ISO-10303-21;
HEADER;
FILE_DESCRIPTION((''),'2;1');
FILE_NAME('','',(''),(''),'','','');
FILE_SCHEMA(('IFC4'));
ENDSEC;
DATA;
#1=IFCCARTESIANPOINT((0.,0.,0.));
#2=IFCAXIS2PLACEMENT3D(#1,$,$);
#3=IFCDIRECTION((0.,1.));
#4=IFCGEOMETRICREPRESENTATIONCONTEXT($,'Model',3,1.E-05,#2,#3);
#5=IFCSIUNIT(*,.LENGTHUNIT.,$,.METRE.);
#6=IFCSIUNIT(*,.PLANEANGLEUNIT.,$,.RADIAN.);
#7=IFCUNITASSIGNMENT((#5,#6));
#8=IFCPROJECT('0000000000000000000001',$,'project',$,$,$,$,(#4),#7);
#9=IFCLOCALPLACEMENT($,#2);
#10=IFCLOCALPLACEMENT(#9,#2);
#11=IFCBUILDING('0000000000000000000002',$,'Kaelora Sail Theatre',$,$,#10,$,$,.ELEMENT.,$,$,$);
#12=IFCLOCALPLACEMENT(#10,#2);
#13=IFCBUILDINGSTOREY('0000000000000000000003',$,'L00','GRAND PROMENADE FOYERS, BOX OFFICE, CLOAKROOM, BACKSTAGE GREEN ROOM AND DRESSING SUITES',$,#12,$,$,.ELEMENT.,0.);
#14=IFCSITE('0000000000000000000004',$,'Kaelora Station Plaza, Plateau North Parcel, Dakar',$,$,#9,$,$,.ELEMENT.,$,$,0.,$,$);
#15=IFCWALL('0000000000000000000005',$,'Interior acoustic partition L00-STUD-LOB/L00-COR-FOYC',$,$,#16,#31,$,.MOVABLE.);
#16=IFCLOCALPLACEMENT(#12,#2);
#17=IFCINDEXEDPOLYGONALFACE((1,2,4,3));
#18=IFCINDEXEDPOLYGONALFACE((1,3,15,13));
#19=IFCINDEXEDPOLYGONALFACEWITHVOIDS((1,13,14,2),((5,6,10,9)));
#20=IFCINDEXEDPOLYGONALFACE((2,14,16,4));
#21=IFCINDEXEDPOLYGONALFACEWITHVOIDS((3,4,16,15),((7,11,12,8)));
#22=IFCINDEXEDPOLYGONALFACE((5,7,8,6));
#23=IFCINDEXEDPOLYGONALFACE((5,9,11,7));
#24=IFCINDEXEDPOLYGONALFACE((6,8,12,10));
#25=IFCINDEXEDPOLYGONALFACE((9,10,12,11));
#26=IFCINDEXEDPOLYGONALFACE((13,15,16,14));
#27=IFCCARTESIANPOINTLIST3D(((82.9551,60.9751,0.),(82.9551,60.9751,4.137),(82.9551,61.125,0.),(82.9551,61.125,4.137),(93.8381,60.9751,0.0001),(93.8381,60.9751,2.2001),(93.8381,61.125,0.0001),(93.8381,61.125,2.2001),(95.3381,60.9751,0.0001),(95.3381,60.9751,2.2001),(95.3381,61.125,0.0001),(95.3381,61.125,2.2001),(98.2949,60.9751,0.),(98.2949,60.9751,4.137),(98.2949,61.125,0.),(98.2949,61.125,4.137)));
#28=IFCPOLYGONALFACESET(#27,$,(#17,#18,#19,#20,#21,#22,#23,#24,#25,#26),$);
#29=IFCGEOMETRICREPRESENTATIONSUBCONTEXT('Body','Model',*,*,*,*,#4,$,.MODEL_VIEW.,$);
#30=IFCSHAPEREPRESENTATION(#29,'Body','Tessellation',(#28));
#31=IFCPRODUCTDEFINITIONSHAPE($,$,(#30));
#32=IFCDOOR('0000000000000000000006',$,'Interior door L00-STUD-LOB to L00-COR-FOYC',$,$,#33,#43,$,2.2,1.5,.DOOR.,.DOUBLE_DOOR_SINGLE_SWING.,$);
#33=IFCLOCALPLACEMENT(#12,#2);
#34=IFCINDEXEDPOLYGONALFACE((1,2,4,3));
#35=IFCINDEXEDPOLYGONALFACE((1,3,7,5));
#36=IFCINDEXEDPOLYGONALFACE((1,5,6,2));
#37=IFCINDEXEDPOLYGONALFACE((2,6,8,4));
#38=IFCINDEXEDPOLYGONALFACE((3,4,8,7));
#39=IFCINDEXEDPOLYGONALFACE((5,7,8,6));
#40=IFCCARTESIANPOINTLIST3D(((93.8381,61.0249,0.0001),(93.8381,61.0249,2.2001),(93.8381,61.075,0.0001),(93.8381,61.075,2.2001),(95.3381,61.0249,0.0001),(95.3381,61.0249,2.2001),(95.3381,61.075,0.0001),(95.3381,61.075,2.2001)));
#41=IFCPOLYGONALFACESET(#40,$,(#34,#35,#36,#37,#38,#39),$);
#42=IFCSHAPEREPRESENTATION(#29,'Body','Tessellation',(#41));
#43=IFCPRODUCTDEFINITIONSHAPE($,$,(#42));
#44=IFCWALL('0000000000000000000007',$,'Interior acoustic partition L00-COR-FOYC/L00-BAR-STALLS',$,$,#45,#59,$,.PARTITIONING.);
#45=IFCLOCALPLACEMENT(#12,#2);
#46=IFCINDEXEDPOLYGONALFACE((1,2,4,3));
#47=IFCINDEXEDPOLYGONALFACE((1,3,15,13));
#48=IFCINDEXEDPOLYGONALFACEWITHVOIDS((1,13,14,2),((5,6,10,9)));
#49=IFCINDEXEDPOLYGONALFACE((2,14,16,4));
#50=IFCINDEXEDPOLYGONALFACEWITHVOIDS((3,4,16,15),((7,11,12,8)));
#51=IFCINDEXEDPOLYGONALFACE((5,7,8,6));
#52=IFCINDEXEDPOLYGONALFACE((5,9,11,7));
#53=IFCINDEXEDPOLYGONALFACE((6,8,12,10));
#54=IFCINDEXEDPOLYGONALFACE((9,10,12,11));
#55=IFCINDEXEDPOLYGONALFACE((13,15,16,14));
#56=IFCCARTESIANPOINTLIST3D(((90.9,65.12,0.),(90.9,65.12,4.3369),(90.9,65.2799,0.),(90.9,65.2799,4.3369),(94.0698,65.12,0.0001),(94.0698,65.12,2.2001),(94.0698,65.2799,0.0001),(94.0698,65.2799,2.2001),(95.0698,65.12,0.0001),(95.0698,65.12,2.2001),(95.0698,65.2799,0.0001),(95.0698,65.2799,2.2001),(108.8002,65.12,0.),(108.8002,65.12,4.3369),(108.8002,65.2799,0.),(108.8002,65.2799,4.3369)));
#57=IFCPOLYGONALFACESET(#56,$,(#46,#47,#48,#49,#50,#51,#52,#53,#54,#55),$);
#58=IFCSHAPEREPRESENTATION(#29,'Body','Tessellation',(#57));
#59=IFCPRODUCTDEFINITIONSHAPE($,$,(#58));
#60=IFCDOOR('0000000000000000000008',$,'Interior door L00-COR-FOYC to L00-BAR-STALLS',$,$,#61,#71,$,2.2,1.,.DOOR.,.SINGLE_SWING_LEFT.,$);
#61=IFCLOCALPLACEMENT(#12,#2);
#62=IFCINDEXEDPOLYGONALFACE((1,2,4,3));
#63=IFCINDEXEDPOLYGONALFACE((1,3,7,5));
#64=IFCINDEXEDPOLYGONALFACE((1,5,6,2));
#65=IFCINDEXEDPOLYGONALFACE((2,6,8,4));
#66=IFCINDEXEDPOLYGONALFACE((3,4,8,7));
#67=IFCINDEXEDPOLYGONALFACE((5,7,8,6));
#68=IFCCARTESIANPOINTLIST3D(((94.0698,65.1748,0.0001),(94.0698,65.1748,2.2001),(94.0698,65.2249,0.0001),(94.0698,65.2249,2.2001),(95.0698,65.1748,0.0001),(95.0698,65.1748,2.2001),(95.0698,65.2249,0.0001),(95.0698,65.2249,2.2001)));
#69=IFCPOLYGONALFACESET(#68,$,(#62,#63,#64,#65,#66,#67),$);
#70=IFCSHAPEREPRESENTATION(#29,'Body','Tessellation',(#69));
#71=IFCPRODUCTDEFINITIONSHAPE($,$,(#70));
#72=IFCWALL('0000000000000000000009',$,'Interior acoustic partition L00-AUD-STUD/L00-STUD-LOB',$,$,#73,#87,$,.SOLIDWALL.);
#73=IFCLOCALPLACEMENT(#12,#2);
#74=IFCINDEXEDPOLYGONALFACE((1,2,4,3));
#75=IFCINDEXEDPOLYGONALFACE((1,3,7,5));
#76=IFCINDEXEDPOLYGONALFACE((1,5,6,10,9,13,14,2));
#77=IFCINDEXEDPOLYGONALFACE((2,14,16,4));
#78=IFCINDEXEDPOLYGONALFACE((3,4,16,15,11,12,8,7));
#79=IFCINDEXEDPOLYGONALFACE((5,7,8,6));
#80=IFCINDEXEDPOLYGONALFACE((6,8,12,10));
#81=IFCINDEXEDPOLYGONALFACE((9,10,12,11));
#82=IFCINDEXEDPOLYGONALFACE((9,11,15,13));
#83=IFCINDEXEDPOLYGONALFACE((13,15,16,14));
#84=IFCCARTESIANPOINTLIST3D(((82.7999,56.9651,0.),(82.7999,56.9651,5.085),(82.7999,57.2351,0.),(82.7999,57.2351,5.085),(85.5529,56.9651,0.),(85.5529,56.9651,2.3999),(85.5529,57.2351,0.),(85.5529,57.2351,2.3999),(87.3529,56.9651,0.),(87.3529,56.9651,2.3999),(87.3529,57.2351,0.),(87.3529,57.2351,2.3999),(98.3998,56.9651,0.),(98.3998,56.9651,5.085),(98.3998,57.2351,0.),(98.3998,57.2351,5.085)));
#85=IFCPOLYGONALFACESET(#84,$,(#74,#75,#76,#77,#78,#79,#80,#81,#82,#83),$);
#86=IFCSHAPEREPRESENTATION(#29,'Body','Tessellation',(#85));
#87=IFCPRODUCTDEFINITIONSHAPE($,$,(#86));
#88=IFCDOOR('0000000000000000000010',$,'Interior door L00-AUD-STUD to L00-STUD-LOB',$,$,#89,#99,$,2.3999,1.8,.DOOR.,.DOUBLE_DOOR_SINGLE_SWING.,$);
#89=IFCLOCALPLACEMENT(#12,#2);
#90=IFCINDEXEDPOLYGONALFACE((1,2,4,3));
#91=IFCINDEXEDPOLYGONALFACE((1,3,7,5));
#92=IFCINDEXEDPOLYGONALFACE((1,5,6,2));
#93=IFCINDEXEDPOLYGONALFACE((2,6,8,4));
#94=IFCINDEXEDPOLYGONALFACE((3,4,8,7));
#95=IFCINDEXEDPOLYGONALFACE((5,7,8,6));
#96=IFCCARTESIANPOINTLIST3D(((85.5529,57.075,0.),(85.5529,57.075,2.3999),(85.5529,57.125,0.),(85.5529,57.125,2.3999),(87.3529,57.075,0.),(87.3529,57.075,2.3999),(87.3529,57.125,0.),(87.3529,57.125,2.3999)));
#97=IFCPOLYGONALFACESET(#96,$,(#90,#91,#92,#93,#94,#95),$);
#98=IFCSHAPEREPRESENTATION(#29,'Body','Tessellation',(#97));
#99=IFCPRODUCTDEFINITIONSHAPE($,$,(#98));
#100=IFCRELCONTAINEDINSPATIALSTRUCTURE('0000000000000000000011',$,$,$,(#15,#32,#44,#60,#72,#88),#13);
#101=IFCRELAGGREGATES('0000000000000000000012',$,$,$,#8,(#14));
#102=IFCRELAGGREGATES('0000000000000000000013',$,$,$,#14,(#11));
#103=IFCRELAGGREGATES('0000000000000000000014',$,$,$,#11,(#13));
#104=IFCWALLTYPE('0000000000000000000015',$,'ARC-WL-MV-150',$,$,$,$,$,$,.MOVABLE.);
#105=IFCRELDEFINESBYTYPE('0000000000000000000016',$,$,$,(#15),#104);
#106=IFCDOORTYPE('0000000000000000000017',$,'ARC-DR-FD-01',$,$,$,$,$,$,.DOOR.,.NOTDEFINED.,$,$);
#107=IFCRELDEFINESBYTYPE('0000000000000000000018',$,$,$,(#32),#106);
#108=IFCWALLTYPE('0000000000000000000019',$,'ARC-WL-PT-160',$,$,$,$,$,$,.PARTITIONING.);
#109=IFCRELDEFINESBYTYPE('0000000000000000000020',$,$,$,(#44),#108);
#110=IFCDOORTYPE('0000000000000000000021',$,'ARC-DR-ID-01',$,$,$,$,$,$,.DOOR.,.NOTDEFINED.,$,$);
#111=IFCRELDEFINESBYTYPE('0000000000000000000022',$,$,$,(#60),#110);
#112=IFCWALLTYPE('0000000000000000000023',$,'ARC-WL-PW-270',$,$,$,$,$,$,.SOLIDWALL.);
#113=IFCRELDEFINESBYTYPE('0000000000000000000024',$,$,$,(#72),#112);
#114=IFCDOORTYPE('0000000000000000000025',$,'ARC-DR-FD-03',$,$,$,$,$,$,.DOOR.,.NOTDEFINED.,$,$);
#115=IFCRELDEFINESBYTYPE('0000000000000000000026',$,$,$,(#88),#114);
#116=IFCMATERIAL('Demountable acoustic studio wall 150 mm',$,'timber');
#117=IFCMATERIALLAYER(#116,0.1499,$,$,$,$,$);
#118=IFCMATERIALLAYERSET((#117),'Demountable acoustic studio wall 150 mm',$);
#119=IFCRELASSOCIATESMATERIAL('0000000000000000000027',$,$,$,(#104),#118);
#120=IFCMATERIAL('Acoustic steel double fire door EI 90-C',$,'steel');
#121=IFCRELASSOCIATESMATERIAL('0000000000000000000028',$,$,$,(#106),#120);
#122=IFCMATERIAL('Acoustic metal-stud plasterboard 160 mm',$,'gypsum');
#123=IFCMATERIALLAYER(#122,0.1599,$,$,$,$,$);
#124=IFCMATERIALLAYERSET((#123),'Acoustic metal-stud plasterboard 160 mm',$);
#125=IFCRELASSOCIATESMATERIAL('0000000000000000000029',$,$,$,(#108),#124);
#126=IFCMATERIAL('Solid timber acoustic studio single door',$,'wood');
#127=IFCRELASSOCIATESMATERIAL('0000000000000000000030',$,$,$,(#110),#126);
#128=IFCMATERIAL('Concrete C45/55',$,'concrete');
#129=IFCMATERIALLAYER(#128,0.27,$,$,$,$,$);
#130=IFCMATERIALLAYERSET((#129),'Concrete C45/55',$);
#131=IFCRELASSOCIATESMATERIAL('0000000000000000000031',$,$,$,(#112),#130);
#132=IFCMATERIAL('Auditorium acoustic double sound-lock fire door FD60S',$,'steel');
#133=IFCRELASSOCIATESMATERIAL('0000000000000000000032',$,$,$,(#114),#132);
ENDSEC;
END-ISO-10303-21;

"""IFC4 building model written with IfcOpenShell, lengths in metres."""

from ifc_helpers import new_model, si_unit, direction, frame, frame_2d, origin, place, context, subcontext, project, spatial, rectangle, extrude, material, layer, layer_set, type_object, element, fill, save


model = new_model("IFC4")

# Units and contexts
model_context = context("Model", 3, precision=1e-05, world=origin(), true_north=direction((0.0, 1.0)))
body_context = subcontext(model_context, "Body", "Model", "MODEL_VIEW")
ifc_project = project(units=[si_unit("LENGTHUNIT", "METRE"), si_unit("PLANEANGLEUNIT", "RADIAN")], contexts=[model_context])

# Site, building, storey
site_placement = place(None, origin())
site = spatial("IfcSite", under=ifc_project, at=site_placement, Name="Kaelora Station Plaza, Plateau North Parcel, Dakar", CompositionType="ELEMENT", RefElevation=0.0)
building_placement = place(site_placement, origin())
building = spatial("IfcBuilding", under=site, at=building_placement, Name="Kaelora Sail Theatre", CompositionType="ELEMENT")
storey_placement = place(building_placement, origin())
storey = spatial("IfcBuildingStorey", under=building, at=storey_placement, Name="L00", Description="GRAND PROMENADE FOYERS, BOX OFFICE, CLOAKROOM, BACKSTAGE GREEN ROOM AND DRESSING SUITES", CompositionType="ELEMENT", Elevation=0.0)

# Walls, openings, doors
ifc_material_1 = material(Name="Demountable acoustic studio wall 150 mm", Category="timber")
ifc_layer_1 = layer(ifc_material_1, 0.1499)
ifc_layer_set_1 = layer_set([ifc_layer_1], Name="Demountable acoustic studio wall 150 mm")
wall_type_1 = type_object("IfcWallType", Name="ARC-WL-MV-150", PredefinedType="MOVABLE", material=ifc_layer_set_1)
wall_1_placement = place(storey_placement, frame((82.9551, 61.05, 0.0), z_axis=(0.0, 0.0, 1.0), x_axis=(1.0, 0.0, 0.0)))
wall_1 = element("IfcWall", 1, at=wall_1_placement, inside=storey, type_object=wall_type_1, Name="Interior acoustic partition L00-STUD-LOB/L00-COR-FOYC", PredefinedType="MOVABLE", context=body_context, shape_type="SweptSolid", body=[
    extrude(rectangle(XDim=15.3398, YDim=0.1499, at=frame_2d((7.6699, 0.0))), origin(), (0.0, 0.0, 1.0), 4.137),
])
opening_1_placement = place(wall_1_placement, frame((10.8831, 0.0, 0.0)))
opening_1 = element("IfcOpeningElement", 2, at=opening_1_placement, cuts=wall_1, PredefinedType="OPENING", context=body_context, shape_type="SweptSolid", body=[
    extrude(rectangle(XDim=1.5, YDim=2.2, at=frame_2d((0.75, 1.1001))), frame((0.0, 0.085, 0.0), z_axis=(0.0, -1.0, 0.0), x_axis=(1.0, 0.0, 0.0)), (0.0, 0.0, 1.0), 0.1699),
])
ifc_material_2 = material(Name="Acoustic steel double fire door EI 90-C", Category="steel")
door_type_1 = type_object("IfcDoorType", Name="ARC-DR-FD-01", OperationType="NOTDEFINED", PredefinedType="DOOR", material=ifc_material_2)
door_1_placement = place(opening_1_placement, origin())
door_1 = element("IfcDoor", 3, at=door_1_placement, inside=storey, type_object=door_type_1, Name="Interior door L00-STUD-LOB to L00-COR-FOYC", OperationType="DOUBLE_DOOR_SINGLE_SWING", OverallHeight=2.2, OverallWidth=1.5, PredefinedType="DOOR", context=body_context, shape_type="SweptSolid", body=[
    extrude(rectangle(XDim=1.5, YDim=2.2, at=frame_2d((0.75, 1.1001))), frame((0.0, 0.0249, 0.0), z_axis=(0.0, -1.0, 0.0), x_axis=(1.0, 0.0, 0.0)), (0.0, 0.0, 1.0), 0.05),
])
fill(opening_1, door_1)
ifc_material_3 = material(Name="Acoustic metal-stud plasterboard 160 mm", Category="gypsum")
ifc_layer_2 = layer(ifc_material_3, 0.1599)
ifc_layer_set_2 = layer_set([ifc_layer_2], Name="Acoustic metal-stud plasterboard 160 mm")
wall_type_2 = type_object("IfcWallType", Name="ARC-WL-PT-160", PredefinedType="PARTITIONING", material=ifc_layer_set_2)
wall_2_placement = place(storey_placement, frame((90.8999, 65.2, 0.0), z_axis=(0.0, 0.0, 1.0), x_axis=(1.0, 0.0, 0.0)))
wall_2 = element("IfcWall", 4, at=wall_2_placement, inside=storey, type_object=wall_type_2, Name="Interior acoustic partition L00-COR-FOYC/L00-BAR-STALLS", PredefinedType="PARTITIONING", context=body_context, shape_type="SweptSolid", body=[
    extrude(rectangle(XDim=17.9001, YDim=0.1599, at=frame_2d((8.9502, 0.0))), origin(), (0.0, 0.0, 1.0), 4.3369),
])
opening_2_placement = place(wall_2_placement, frame((3.1699, 0.0, 0.0)))
opening_2 = element("IfcOpeningElement", 5, at=opening_2_placement, cuts=wall_2, PredefinedType="OPENING", context=body_context, shape_type="SweptSolid", body=[
    extrude(rectangle(XDim=1.0, YDim=2.2, at=frame_2d((0.5, 1.1001))), frame((0.0, 0.0901, 0.0), z_axis=(0.0, -1.0, 0.0), x_axis=(1.0, 0.0, 0.0)), (0.0, 0.0, 1.0), 0.1799),
])
ifc_material_4 = material(Name="Solid timber acoustic studio single door", Category="wood")
door_type_2 = type_object("IfcDoorType", Name="ARC-DR-ID-01", OperationType="NOTDEFINED", PredefinedType="DOOR", material=ifc_material_4)
door_2_placement = place(opening_2_placement, origin())
door_2 = element("IfcDoor", 6, at=door_2_placement, inside=storey, type_object=door_type_2, Name="Interior door L00-COR-FOYC to L00-BAR-STALLS", OperationType="SINGLE_SWING_LEFT", OverallHeight=2.2, OverallWidth=1.0, PredefinedType="DOOR", context=body_context, shape_type="SweptSolid", body=[
    extrude(rectangle(XDim=1.0, YDim=2.2, at=frame_2d((0.5, 1.1001))), frame((0.0, 0.0249, 0.0), z_axis=(0.0, -1.0, 0.0), x_axis=(1.0, 0.0, 0.0)), (0.0, 0.0, 1.0), 0.05),
])
fill(opening_2, door_2)
ifc_material_5 = material(Name="Concrete C45/55", Category="concrete")
ifc_layer_3 = layer(ifc_material_5, 0.27)
ifc_layer_set_3 = layer_set([ifc_layer_3], Name="Concrete C45/55")
wall_type_3 = type_object("IfcWallType", Name="ARC-WL-PW-270", PredefinedType="SOLIDWALL", material=ifc_layer_set_3)
wall_3_placement = place(storey_placement, frame((82.8, 57.1001, 0.0), z_axis=(0.0, 0.0, 1.0), x_axis=(1.0, 0.0, 0.0)))
wall_3 = element("IfcWall", 7, at=wall_3_placement, inside=storey, type_object=wall_type_3, Name="Interior acoustic partition L00-AUD-STUD/L00-STUD-LOB", PredefinedType="SOLIDWALL", context=body_context, shape_type="SweptSolid", body=[
    extrude(rectangle(XDim=15.5999, YDim=0.27, at=frame_2d((7.7998, 0.0))), origin(), (0.0, 0.0, 1.0), 5.085),
])
opening_3_placement = place(wall_3_placement, frame((2.7529, 0.0, 0.0)))
opening_3 = element("IfcOpeningElement", 8, at=opening_3_placement, cuts=wall_3, PredefinedType="OPENING", context=body_context, shape_type="SweptSolid", body=[
    extrude(rectangle(XDim=1.8, YDim=2.3999, at=frame_2d((0.8999, 1.2))), frame((0.0, 0.145, 0.0), z_axis=(0.0, -1.0, 0.0), x_axis=(1.0, 0.0, 0.0)), (0.0, 0.0, 1.0), 0.29),
])
ifc_material_6 = material(Name="Auditorium acoustic double sound-lock fire door FD60S", Category="steel")
door_type_3 = type_object("IfcDoorType", Name="ARC-DR-FD-03", OperationType="NOTDEFINED", PredefinedType="DOOR", material=ifc_material_6)
door_3_placement = place(opening_3_placement, origin())
door_3 = element("IfcDoor", 9, at=door_3_placement, inside=storey, type_object=door_type_3, Name="Interior door L00-AUD-STUD to L00-STUD-LOB", OperationType="DOUBLE_DOOR_SINGLE_SWING", OverallHeight=2.3999, OverallWidth=1.8, PredefinedType="DOOR", context=body_context, shape_type="SweptSolid", body=[
    extrude(rectangle(XDim=1.8, YDim=2.3999, at=frame_2d((0.8999, 1.2))), frame((0.0, 0.0249, 0.0), z_axis=(0.0, -1.0, 0.0), x_axis=(1.0, 0.0, 0.0)), (0.0, 0.0, 1.0), 0.05),
])
fill(opening_3, door_3)

save(model, "model.ifc")
